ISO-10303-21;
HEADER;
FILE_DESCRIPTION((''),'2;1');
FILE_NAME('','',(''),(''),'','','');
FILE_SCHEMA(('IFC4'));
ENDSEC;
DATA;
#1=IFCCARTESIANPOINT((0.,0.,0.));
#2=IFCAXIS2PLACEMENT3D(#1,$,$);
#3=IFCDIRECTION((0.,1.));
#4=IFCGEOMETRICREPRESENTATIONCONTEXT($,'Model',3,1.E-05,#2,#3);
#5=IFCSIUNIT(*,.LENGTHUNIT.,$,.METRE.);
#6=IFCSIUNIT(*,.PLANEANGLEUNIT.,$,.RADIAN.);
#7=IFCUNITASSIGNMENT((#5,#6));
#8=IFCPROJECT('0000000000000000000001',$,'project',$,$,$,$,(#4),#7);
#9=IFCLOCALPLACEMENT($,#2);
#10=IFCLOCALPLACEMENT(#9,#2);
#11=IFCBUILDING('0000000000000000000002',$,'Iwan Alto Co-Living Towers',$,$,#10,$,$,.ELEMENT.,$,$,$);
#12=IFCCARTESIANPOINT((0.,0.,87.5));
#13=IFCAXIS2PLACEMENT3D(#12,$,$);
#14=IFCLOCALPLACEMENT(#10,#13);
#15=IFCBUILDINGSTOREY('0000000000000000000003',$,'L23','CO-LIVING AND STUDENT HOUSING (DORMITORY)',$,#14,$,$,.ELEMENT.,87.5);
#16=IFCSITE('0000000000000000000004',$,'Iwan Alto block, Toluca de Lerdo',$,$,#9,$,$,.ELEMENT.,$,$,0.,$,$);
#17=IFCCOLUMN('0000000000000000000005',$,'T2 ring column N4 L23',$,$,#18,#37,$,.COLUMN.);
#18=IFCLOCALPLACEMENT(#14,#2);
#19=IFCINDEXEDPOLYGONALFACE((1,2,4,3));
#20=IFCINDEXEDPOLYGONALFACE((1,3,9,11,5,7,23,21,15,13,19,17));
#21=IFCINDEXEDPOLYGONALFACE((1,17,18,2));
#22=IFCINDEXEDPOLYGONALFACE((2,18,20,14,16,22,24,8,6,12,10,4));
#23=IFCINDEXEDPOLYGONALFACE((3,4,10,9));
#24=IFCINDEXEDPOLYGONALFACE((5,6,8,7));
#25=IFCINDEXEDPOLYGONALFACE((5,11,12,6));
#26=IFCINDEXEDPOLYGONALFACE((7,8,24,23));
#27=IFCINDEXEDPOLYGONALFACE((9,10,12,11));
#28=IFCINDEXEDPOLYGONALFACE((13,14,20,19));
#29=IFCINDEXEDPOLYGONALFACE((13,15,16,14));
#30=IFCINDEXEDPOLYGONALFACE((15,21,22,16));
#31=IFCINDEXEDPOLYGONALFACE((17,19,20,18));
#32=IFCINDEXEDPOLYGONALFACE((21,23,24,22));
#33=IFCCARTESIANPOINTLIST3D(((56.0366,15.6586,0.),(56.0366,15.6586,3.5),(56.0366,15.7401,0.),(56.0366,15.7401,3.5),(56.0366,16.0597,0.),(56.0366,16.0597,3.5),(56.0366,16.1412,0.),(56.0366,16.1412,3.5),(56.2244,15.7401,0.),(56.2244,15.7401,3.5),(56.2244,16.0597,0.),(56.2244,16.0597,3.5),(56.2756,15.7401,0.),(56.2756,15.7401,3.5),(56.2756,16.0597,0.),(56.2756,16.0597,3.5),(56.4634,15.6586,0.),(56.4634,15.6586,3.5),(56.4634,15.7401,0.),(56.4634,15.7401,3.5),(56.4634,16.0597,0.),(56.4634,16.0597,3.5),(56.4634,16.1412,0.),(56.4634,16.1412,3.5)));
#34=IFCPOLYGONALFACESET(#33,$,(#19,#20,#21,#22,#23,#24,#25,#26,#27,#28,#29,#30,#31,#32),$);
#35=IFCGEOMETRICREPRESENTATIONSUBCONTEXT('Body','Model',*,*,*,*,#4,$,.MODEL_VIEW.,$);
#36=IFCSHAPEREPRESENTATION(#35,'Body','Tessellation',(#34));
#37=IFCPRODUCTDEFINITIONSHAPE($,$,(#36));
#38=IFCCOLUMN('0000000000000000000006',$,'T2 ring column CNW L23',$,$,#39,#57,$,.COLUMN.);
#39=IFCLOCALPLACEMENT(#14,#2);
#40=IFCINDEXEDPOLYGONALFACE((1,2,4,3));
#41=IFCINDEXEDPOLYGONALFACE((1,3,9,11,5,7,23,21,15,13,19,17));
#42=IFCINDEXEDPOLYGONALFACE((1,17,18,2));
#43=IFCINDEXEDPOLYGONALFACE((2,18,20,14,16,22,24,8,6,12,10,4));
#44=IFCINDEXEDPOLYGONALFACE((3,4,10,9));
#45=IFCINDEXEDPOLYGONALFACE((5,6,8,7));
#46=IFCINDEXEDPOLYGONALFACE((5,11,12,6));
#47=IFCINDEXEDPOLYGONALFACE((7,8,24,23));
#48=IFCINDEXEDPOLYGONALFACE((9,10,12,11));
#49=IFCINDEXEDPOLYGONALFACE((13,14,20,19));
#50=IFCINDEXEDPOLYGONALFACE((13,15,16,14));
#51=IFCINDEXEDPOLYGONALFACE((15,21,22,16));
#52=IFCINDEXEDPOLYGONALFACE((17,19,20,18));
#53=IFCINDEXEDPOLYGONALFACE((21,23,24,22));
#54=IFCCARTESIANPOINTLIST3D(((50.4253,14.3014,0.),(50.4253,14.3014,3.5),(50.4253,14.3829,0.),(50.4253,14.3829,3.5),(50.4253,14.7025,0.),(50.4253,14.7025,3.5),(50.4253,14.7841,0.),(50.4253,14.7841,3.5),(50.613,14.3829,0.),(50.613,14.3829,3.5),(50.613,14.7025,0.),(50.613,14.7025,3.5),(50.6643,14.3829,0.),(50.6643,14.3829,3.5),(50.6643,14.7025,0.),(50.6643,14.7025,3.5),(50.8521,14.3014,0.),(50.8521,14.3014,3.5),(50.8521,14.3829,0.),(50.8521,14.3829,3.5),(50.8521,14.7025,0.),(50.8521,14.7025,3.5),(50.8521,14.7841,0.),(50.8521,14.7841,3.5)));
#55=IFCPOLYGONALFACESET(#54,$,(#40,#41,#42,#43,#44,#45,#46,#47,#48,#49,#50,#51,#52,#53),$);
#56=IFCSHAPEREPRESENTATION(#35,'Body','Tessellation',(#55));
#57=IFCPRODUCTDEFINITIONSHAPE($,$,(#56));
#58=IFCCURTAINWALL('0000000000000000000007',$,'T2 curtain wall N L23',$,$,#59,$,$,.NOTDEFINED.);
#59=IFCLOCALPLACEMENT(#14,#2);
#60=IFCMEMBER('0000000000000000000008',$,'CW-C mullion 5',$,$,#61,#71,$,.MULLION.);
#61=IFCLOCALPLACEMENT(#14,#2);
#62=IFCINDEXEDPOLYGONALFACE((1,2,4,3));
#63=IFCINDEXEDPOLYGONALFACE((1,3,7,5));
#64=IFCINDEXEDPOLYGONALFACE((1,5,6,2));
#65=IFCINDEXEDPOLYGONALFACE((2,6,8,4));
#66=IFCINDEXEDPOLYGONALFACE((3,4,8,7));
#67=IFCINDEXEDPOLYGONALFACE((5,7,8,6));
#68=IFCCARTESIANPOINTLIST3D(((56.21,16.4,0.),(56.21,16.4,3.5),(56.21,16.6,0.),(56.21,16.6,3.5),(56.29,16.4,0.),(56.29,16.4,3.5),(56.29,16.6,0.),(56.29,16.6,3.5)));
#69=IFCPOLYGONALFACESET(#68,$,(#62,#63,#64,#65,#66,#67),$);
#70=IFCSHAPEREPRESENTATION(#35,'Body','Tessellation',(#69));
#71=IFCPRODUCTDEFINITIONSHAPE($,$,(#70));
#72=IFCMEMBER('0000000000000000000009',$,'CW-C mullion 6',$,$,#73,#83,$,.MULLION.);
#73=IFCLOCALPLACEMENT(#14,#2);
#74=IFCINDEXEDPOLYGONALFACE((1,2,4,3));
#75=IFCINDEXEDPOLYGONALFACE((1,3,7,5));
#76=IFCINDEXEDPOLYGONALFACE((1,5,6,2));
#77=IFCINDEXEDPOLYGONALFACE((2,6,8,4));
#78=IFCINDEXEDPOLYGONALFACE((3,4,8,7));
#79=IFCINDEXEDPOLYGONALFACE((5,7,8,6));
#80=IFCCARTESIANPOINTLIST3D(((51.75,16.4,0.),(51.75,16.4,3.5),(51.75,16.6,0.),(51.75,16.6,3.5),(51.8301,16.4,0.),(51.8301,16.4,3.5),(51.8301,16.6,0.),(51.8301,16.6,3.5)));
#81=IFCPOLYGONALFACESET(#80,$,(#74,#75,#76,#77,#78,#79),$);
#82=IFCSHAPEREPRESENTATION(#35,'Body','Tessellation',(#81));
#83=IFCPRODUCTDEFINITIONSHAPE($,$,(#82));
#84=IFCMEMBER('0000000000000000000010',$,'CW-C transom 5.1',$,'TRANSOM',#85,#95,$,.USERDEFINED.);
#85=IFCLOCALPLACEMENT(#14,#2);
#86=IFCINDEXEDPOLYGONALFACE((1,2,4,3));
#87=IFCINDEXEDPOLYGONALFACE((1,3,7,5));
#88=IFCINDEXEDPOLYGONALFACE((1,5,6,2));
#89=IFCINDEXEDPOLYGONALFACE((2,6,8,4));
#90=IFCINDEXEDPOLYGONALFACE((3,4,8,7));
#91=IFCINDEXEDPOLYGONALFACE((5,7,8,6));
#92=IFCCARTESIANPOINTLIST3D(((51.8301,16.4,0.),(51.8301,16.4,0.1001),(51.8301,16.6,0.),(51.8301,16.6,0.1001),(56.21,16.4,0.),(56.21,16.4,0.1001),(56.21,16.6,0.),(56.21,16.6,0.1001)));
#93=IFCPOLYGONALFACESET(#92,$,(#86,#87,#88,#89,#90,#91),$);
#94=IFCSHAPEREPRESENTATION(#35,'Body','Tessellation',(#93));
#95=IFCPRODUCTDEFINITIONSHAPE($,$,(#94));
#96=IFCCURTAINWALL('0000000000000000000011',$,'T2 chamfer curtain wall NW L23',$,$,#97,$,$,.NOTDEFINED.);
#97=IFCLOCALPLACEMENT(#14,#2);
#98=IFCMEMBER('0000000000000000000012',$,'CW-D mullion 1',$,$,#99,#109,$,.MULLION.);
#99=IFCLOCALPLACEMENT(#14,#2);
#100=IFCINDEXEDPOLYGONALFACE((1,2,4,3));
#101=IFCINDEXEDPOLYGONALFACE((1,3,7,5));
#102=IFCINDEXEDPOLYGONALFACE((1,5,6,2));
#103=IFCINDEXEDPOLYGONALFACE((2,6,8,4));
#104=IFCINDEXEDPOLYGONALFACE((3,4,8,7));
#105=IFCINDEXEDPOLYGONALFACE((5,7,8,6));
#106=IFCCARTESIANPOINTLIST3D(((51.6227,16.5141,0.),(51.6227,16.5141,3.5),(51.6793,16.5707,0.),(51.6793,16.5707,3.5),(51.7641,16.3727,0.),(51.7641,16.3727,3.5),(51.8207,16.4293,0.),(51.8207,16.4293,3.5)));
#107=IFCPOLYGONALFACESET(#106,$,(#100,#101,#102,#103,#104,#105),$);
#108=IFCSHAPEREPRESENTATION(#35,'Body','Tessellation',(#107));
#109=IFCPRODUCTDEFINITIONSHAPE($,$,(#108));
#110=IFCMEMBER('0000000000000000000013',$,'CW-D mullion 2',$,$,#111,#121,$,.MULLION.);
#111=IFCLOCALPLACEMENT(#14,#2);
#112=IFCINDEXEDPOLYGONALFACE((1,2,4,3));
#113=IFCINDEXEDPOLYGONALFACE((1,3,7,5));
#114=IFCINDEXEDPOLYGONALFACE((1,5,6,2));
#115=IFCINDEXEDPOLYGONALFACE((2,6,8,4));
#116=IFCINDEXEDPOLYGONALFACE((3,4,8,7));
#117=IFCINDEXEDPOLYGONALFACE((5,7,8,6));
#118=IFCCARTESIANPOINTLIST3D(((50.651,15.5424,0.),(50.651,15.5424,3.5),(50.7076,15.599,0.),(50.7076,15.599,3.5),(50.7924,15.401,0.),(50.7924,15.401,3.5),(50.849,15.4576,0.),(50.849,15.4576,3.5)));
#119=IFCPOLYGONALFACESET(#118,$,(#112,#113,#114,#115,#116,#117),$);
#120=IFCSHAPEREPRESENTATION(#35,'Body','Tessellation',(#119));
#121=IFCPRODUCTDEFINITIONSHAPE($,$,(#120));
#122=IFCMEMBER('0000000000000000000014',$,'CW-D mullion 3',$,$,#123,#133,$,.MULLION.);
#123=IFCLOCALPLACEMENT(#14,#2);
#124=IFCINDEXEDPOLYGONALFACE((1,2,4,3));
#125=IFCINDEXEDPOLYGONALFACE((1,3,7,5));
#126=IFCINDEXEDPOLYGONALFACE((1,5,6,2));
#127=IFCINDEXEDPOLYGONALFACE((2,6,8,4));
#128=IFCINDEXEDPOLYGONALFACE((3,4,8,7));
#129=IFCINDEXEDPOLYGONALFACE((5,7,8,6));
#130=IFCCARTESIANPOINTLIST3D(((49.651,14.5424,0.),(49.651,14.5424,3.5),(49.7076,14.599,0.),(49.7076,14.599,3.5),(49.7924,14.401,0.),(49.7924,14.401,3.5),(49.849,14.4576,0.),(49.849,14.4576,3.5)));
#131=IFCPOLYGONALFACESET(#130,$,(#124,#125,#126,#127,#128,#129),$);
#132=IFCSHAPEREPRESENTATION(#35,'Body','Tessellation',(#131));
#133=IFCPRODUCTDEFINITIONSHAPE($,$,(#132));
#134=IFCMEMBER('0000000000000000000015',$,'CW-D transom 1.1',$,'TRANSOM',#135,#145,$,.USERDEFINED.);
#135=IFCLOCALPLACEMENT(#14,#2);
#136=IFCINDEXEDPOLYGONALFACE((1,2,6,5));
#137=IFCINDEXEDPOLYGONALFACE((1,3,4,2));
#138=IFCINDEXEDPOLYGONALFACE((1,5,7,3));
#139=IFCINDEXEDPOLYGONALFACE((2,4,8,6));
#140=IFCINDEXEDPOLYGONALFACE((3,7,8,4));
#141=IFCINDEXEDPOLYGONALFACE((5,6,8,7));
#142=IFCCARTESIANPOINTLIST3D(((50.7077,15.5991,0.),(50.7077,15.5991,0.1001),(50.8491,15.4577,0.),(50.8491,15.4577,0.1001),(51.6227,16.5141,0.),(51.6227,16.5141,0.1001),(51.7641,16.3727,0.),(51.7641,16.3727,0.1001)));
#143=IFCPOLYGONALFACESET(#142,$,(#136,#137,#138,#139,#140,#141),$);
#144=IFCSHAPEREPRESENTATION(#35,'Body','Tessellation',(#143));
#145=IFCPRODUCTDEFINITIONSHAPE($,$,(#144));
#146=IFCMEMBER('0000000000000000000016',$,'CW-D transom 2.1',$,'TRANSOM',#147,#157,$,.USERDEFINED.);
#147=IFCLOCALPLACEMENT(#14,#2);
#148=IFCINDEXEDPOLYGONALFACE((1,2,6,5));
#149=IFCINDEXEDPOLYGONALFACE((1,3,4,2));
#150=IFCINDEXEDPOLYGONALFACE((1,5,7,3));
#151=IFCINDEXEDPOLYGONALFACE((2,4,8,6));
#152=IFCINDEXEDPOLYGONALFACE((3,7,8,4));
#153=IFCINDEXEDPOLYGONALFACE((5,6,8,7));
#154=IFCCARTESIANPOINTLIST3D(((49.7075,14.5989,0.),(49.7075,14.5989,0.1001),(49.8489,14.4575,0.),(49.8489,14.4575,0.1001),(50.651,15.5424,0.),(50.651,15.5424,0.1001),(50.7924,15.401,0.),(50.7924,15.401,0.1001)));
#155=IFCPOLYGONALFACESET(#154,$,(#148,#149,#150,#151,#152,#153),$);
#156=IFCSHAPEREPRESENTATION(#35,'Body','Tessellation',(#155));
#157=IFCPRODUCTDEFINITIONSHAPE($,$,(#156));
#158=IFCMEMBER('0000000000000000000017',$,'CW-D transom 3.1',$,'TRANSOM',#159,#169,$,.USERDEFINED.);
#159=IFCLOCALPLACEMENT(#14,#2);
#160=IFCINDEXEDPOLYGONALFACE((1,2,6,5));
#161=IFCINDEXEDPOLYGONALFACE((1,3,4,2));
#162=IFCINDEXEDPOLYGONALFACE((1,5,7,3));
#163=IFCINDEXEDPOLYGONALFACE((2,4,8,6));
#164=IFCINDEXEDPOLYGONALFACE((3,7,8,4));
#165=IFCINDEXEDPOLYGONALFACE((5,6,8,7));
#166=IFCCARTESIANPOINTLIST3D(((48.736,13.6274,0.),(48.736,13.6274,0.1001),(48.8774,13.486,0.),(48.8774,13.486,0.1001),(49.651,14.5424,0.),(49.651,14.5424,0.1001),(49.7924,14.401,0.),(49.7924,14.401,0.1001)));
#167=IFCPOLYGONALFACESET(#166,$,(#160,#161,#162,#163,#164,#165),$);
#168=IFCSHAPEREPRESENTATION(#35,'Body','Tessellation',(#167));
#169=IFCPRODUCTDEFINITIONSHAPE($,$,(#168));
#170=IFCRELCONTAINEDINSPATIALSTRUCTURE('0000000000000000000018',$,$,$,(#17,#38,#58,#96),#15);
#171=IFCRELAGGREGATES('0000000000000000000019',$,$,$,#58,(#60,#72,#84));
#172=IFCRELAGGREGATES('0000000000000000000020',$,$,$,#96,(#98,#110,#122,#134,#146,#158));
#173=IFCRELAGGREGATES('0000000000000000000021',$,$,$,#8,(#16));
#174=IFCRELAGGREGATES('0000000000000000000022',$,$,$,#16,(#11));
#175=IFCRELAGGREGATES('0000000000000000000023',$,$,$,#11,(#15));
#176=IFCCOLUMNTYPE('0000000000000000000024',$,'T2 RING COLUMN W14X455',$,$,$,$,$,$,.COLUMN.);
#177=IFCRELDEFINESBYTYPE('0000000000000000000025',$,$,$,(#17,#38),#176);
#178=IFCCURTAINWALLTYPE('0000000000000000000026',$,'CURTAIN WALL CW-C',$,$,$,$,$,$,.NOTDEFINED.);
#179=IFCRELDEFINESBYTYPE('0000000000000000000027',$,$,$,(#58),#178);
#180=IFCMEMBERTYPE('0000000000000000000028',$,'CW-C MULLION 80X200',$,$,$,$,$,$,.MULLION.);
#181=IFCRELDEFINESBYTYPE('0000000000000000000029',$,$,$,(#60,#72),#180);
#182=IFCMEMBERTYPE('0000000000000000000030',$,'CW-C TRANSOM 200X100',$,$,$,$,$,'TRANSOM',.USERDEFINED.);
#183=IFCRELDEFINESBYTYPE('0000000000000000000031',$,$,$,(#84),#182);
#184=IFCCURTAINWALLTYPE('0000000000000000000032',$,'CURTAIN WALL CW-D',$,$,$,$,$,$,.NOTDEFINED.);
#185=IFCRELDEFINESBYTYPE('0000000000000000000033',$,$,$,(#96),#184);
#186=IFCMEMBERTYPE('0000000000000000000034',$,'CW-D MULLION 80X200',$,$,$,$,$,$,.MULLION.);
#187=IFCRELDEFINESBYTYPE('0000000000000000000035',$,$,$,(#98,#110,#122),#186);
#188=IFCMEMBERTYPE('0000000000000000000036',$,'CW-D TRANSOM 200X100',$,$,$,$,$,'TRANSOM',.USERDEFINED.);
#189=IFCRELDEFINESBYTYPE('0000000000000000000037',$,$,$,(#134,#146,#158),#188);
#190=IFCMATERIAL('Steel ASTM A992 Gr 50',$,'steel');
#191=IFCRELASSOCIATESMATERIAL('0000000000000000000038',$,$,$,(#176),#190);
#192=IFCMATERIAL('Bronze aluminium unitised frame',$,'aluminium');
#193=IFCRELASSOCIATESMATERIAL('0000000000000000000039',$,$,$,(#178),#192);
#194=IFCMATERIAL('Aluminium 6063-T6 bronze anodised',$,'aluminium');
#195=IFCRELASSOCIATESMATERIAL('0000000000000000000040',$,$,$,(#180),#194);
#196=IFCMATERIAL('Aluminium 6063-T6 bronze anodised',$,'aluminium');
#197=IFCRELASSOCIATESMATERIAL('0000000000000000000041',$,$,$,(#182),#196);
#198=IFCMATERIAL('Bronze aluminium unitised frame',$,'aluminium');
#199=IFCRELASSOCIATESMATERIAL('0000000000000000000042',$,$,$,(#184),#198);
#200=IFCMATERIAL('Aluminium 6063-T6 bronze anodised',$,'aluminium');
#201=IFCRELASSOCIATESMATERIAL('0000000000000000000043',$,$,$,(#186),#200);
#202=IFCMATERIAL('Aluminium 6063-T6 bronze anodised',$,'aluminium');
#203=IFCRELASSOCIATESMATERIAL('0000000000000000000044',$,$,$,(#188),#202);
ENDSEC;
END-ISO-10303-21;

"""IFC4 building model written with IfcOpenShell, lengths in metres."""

from ifc_helpers import new_model, si_unit, direction, frame, origin, origin_2d, place, context, subcontext, project, spatial, rectangle, i_section, extrude, material, material_profile, profile_set, type_object, element, aggregate, save


model = new_model("IFC4")

# Units and contexts
model_context = context("Model", 3, precision=1e-05, world=origin(), true_north=direction((0.0, 1.0)))
body_context = subcontext(model_context, "Body", "Model", "MODEL_VIEW")
ifc_project = project(units=[si_unit("LENGTHUNIT", "METRE"), si_unit("PLANEANGLEUNIT", "RADIAN")], contexts=[model_context])

# Site, building, storey
site_placement = place(None, origin())
site = spatial("IfcSite", under=ifc_project, at=site_placement, Name="Iwan Alto block, Toluca de Lerdo", CompositionType="ELEMENT", RefElevation=0.0)
building_placement = place(site_placement, origin())
building = spatial("IfcBuilding", under=site, at=building_placement, Name="Iwan Alto Co-Living Towers", CompositionType="ELEMENT")
storey_placement = place(building_placement, frame((0.0, 0.0, 87.5)))
storey = spatial("IfcBuildingStorey", under=building, at=storey_placement, Name="L23", Description="CO-LIVING AND STUDENT HOUSING (DORMITORY)", CompositionType="ELEMENT", Elevation=87.5)

# Columns
ifc_material_1 = material(Name="Steel ASTM A992 Gr 50", Category="steel")
ifc_material_profile_1 = material_profile(ifc_material_1, i_section(OverallWidth=0.4268, OverallDepth=0.4827, WebThickness=0.0513, FlangeThickness=0.0815, at=origin_2d()), Name="W14X455")
ifc_profile_set_1 = profile_set([ifc_material_profile_1], Name="Steel ASTM A992 Gr 50")
column_type = type_object("IfcColumnType", Name="T2 RING COLUMN W14X455", PredefinedType="COLUMN", material=ifc_profile_set_1)
for number, where, z_axis, x_axis, name in (
    (1, (56.25, 15.8999, 0.0), (0.0, 0.0, 1.0), (1.0, 0.0, 0.0), "T2 ring column N4 L23"),
    (2, (50.6387, 14.5427, 0.0), (0.0, 0.0, 1.0), (1.0, 0.0, 0.0), "T2 ring column CNW L23"),
):
    element("IfcColumn", number, at=place(storey_placement, frame(where, z_axis=z_axis, x_axis=x_axis)), inside=storey, type_object=column_type, Name=name, PredefinedType="COLUMN", context=body_context, shape_type="SweptSolid", body=[
        extrude(i_section(OverallWidth=0.4268, OverallDepth=0.4827, WebThickness=0.0513, FlangeThickness=0.0815, at=origin_2d()), origin(), (0.0, 0.0, 1.0), 3.5),
    ])

# Curtain walls, members
ifc_material_2 = material(Name="Bronze aluminium unitised frame", Category="aluminium")
curtain_wall_type_1 = type_object("IfcCurtainWallType", Name="CURTAIN WALL CW-C", PredefinedType="NOTDEFINED", material=ifc_material_2)
curtain_wall_1_placement = place(storey_placement, origin())
curtain_wall_1 = element("IfcCurtainWall", 3, at=curtain_wall_1_placement, inside=storey, type_object=curtain_wall_type_1, Name="T2 curtain wall N L23", PredefinedType="NOTDEFINED")
ifc_material_3 = material(Name="Aluminium 6063-T6 bronze anodised", Category="aluminium")
ifc_material_profile_2 = material_profile(ifc_material_3, rectangle(XDim=0.2, YDim=0.0801, at=origin_2d()), Name="AL 80X200")
ifc_profile_set_2 = profile_set([ifc_material_profile_2], Name="Aluminium 6063-T6 bronze anodised")
member_type_1 = type_object("IfcMemberType", Name="CW-C MULLION 80X200", PredefinedType="MULLION", material=ifc_profile_set_2)
member_1_placement = place(storey_placement, frame((56.25, 16.5, 0.0), z_axis=(0.0, 0.0, 1.0), x_axis=(0.0, -1.0, 0.0)))
member_1 = element("IfcMember", 4, at=member_1_placement, type_object=member_type_1, Name="CW-C mullion 5", PredefinedType="MULLION", context=body_context, shape_type="SweptSolid", body=[
    extrude(rectangle(XDim=0.2, YDim=0.0801, at=origin_2d()), origin(), (0.0, 0.0, 1.0), 3.5),
])
member_2_placement = place(storey_placement, frame((51.79, 16.5, 0.0), z_axis=(0.0, 0.0, 1.0), x_axis=(0.0, -1.0, 0.0)))
member_2 = element("IfcMember", 5, at=member_2_placement, type_object=member_type_1, Name="CW-C mullion 6", PredefinedType="MULLION", context=body_context, shape_type="SweptSolid", body=[
    extrude(rectangle(XDim=0.2, YDim=0.0801, at=origin_2d()), origin(), (0.0, 0.0, 1.0), 3.5),
])
ifc_material_4 = material(Name="Aluminium 6063-T6 bronze anodised", Category="aluminium")
ifc_material_profile_3 = material_profile(ifc_material_4, rectangle(XDim=0.2, YDim=0.1001, at=origin_2d()), Name="AL 200X100")
ifc_profile_set_3 = profile_set([ifc_material_profile_3], Name="Aluminium 6063-T6 bronze anodised")
member_type_2 = type_object("IfcMemberType", Name="CW-C TRANSOM 200X100", ElementType="TRANSOM", PredefinedType="USERDEFINED", material=ifc_profile_set_3)
member_3_placement = place(storey_placement, frame((56.21, 16.5, 0.05), z_axis=(-1.0, 0.0, 0.0), x_axis=(0.0, -1.0, 0.0)))
member_3 = element("IfcMember", 6, at=member_3_placement, type_object=member_type_2, Name="CW-C transom 5.1", ObjectType="TRANSOM", PredefinedType="USERDEFINED", context=body_context, shape_type="SweptSolid", body=[
    extrude(rectangle(XDim=0.2, YDim=0.1001, at=origin_2d()), origin(), (0.0, 0.0, 1.0), 4.3799),
])
ifc_material_5 = material(Name="Bronze aluminium unitised frame", Category="aluminium")
curtain_wall_type_2 = type_object("IfcCurtainWallType", Name="CURTAIN WALL CW-D", PredefinedType="NOTDEFINED", material=ifc_material_5)
curtain_wall_2_placement = place(storey_placement, origin())
curtain_wall_2 = element("IfcCurtainWall", 7, at=curtain_wall_2_placement, inside=storey, type_object=curtain_wall_type_2, Name="T2 chamfer curtain wall NW L23", PredefinedType="NOTDEFINED")
ifc_material_6 = material(Name="Aluminium 6063-T6 bronze anodised", Category="aluminium")
ifc_material_profile_4 = material_profile(ifc_material_6, rectangle(XDim=0.2, YDim=0.0801, at=origin_2d()), Name="AL 80X200")
ifc_profile_set_4 = profile_set([ifc_material_profile_4], Name="Aluminium 6063-T6 bronze anodised")
member_type_3 = type_object("IfcMemberType", Name="CW-D MULLION 80X200", PredefinedType="MULLION", material=ifc_profile_set_4)
member_4_placement = place(storey_placement, frame((51.7217, 16.4717, 0.0), z_axis=(0.0, 0.0, 1.0), x_axis=(0.707107, -0.707107, 0.0)))
member_4 = element("IfcMember", 8, at=member_4_placement, type_object=member_type_3, Name="CW-D mullion 1", PredefinedType="MULLION", context=body_context, shape_type="SweptSolid", body=[
    extrude(rectangle(XDim=0.2, YDim=0.0801, at=origin_2d()), origin(), (0.0, 0.0, 1.0), 3.5),
])
member_5_placement = place(storey_placement, frame((50.75, 15.5, 0.0), z_axis=(0.0, 0.0, 1.0), x_axis=(0.707107, -0.707107, 0.0)))
member_5 = element("IfcMember", 9, at=member_5_placement, type_object=member_type_3, Name="CW-D mullion 2", PredefinedType="MULLION", context=body_context, shape_type="SweptSolid", body=[
    extrude(rectangle(XDim=0.2, YDim=0.0801, at=origin_2d()), origin(), (0.0, 0.0, 1.0), 3.5),
])
member_6_placement = place(storey_placement, frame((49.75, 14.5, 0.0), z_axis=(0.0, 0.0, 1.0), x_axis=(0.707107, -0.707107, 0.0)))
member_6 = element("IfcMember", 10, at=member_6_placement, type_object=member_type_3, Name="CW-D mullion 3", PredefinedType="MULLION", context=body_context, shape_type="SweptSolid", body=[
    extrude(rectangle(XDim=0.2, YDim=0.0801, at=origin_2d()), origin(), (0.0, 0.0, 1.0), 3.5),
])
ifc_material_7 = material(Name="Aluminium 6063-T6 bronze anodised", Category="aluminium")
ifc_material_profile_5 = material_profile(ifc_material_7, rectangle(XDim=0.2, YDim=0.1001, at=origin_2d()), Name="AL 200X100")
ifc_profile_set_5 = profile_set([ifc_material_profile_5], Name="Aluminium 6063-T6 bronze anodised")
member_type_4 = type_object("IfcMemberType", Name="CW-D TRANSOM 200X100", ElementType="TRANSOM", PredefinedType="USERDEFINED", material=ifc_profile_set_5)
member_7_placement = place(storey_placement, frame((51.6934, 16.4434, 0.05), z_axis=(-0.707107, -0.707107, 0.0), x_axis=(0.707107, -0.707107, 0.0)))
member_7 = element("IfcMember", 11, at=member_7_placement, type_object=member_type_4, Name="CW-D transom 1.1", ObjectType="TRANSOM", PredefinedType="USERDEFINED", context=body_context, shape_type="SweptSolid", body=[
    extrude(rectangle(XDim=0.2, YDim=0.1001, at=origin_2d()), origin(), (0.0, 0.0, 1.0), 1.2939),
])
member_8_placement = place(storey_placement, frame((50.7217, 15.4717, 0.05), z_axis=(-0.707107, -0.707107, 0.0), x_axis=(0.707107, -0.707107, 0.0)))
member_8 = element("IfcMember", 12, at=member_8_placement, type_object=member_type_4, Name="CW-D transom 2.1", ObjectType="TRANSOM", PredefinedType="USERDEFINED", context=body_context, shape_type="SweptSolid", body=[
    extrude(rectangle(XDim=0.2, YDim=0.1001, at=origin_2d()), origin(), (0.0, 0.0, 1.0), 1.3342),
])
member_9_placement = place(storey_placement, frame((49.7217, 14.4717, 0.05), z_axis=(-0.707107, -0.707107, 0.0), x_axis=(0.707107, -0.707107, 0.0)))
member_9 = element("IfcMember", 13, at=member_9_placement, type_object=member_type_4, Name="CW-D transom 3.1", ObjectType="TRANSOM", PredefinedType="USERDEFINED", context=body_context, shape_type="SweptSolid", body=[
    extrude(rectangle(XDim=0.2, YDim=0.1001, at=origin_2d()), origin(), (0.0, 0.0, 1.0), 1.2939),
])

aggregate(curtain_wall_1, [member_1, member_2, member_3])
aggregate(curtain_wall_2, [member_4, member_5, member_6, member_7, member_8, member_9])

save(model, "model.ifc")
